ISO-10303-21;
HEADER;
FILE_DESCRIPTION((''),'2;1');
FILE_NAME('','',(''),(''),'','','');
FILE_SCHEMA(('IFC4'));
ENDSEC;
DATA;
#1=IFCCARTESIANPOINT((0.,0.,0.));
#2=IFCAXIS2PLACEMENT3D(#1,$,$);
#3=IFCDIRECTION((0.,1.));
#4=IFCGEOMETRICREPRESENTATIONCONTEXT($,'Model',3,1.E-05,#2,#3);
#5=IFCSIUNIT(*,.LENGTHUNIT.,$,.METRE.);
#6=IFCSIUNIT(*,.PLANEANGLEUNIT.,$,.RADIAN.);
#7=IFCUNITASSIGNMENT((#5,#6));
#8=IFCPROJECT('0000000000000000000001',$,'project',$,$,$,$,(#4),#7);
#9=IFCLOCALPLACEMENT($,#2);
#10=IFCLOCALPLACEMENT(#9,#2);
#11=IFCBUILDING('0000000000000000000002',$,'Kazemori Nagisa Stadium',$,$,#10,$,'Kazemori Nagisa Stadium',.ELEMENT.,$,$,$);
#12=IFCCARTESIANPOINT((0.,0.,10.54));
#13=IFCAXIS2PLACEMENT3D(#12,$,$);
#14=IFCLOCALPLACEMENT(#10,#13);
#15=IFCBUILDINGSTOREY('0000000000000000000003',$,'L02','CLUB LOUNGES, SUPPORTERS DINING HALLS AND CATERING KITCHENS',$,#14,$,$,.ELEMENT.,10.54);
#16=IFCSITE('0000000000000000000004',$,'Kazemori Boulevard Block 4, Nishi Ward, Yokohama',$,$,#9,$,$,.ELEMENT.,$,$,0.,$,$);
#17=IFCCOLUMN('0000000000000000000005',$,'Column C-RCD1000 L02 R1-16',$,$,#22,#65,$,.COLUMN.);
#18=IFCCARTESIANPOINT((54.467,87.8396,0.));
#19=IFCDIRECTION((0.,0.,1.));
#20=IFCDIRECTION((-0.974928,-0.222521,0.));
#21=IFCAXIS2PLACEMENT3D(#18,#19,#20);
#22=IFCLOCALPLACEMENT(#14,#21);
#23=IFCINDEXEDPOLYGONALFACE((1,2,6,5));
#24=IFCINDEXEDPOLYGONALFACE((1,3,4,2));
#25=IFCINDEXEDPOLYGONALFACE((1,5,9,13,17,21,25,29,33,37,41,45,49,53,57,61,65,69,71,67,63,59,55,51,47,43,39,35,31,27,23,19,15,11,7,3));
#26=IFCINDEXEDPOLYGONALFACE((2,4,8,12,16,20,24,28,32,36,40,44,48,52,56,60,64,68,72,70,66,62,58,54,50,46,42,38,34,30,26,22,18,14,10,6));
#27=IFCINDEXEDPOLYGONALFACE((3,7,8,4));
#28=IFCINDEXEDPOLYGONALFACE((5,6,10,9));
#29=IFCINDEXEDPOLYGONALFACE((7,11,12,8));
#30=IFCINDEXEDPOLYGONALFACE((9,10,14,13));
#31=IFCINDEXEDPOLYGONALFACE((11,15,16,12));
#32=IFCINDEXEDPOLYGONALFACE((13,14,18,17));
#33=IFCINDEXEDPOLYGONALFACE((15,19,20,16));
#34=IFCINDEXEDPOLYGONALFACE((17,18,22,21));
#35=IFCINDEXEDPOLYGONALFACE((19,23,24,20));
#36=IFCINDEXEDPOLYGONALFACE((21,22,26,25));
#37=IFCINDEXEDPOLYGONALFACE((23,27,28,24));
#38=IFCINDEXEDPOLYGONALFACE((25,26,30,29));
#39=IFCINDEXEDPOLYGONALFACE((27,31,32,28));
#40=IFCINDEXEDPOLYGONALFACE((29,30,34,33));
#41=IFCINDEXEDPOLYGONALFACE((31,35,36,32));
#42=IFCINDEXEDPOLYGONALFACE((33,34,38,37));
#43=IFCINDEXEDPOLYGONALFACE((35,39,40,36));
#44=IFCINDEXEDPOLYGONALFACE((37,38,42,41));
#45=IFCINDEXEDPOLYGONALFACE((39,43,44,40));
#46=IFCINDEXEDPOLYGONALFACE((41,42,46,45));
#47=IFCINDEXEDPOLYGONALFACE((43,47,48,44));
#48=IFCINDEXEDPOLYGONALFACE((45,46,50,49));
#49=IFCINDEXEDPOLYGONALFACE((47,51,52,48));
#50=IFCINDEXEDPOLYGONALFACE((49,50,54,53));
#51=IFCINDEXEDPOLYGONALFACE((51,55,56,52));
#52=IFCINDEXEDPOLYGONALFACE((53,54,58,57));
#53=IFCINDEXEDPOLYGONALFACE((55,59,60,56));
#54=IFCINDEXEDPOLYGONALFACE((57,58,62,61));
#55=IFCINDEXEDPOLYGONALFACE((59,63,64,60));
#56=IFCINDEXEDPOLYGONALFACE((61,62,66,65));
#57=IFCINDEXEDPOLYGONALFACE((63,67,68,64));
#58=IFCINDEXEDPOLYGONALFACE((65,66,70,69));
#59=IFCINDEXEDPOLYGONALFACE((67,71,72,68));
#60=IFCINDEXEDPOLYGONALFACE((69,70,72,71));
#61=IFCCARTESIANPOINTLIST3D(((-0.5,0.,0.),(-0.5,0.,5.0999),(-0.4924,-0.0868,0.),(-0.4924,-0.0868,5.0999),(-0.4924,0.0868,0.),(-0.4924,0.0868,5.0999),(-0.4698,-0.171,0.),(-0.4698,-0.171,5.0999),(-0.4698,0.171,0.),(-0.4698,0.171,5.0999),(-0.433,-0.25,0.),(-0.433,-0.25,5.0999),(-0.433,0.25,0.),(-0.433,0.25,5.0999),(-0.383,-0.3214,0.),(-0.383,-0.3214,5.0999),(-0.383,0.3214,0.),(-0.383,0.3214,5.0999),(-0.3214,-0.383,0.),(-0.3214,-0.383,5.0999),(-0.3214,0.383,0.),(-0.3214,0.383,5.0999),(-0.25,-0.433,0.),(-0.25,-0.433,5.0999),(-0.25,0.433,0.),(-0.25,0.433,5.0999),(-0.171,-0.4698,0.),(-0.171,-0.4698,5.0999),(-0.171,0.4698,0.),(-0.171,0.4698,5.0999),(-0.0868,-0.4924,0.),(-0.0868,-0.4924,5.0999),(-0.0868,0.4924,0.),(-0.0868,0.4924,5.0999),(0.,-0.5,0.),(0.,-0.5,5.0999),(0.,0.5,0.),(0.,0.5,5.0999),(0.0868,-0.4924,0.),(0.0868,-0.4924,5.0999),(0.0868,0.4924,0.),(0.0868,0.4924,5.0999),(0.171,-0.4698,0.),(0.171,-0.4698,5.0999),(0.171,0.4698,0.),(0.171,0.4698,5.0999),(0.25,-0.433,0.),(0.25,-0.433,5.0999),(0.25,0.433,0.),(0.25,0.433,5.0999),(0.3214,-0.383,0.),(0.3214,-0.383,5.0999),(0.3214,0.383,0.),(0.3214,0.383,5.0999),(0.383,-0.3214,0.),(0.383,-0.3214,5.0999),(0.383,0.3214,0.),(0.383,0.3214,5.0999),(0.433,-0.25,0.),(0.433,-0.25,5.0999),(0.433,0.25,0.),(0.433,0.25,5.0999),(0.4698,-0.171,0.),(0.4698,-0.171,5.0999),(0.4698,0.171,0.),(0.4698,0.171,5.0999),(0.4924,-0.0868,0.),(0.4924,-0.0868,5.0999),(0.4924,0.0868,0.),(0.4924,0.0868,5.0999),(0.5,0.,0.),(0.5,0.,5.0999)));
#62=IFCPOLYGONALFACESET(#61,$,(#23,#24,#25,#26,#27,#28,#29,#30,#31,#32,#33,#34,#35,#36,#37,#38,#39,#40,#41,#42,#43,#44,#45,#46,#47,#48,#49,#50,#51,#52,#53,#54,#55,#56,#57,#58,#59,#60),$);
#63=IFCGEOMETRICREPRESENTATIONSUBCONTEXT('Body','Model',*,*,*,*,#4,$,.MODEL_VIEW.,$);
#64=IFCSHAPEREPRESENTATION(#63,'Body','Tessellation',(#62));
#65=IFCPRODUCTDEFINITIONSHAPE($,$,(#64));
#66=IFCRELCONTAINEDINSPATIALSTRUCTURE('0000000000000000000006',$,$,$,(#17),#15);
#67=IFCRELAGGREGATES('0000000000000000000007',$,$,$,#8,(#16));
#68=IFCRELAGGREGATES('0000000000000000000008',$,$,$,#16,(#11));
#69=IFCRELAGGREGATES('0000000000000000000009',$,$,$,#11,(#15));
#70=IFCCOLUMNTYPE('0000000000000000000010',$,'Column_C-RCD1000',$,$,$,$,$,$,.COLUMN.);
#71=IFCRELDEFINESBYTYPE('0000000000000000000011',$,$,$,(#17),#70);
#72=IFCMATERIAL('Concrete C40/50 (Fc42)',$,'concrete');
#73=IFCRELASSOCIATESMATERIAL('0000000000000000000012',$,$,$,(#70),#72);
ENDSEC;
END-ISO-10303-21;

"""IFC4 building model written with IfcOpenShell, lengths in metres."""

from ifc_helpers import new_model, si_unit, direction, frame, origin, origin_2d, place, context, subcontext, project, spatial, circle, extrude, material, material_profile, profile_set, type_object, element, save


model = new_model("IFC4")

# Units and contexts
model_context = context("Model", 3, precision=1e-05, world=origin(), true_north=direction((0.0, 1.0)))
body_context = subcontext(model_context, "Body", "Model", "MODEL_VIEW")
ifc_project = project(units=[si_unit("LENGTHUNIT", "METRE"), si_unit("PLANEANGLEUNIT", "RADIAN")], contexts=[model_context])

# Site, building, storey
site_placement = place(None, origin())
site = spatial("IfcSite", under=ifc_project, at=site_placement, Name="Kazemori Boulevard Block 4, Nishi Ward, Yokohama", CompositionType="ELEMENT", RefElevation=0.0)
building_placement = place(site_placement, origin())
building = spatial("IfcBuilding", under=site, at=building_placement, Name="Kazemori Nagisa Stadium", LongName="Kazemori Nagisa Stadium", CompositionType="ELEMENT")
storey_placement = place(building_placement, frame((0.0, 0.0, 10.54)))
storey = spatial("IfcBuildingStorey", under=building, at=storey_placement, Name="L02", Description="CLUB LOUNGES, SUPPORTERS DINING HALLS AND CATERING KITCHENS", CompositionType="ELEMENT", Elevation=10.54)

# Column
ifc_material_1 = material(Name="Concrete C40/50 (Fc42)", Category="concrete")
ifc_material_profile_1 = material_profile(ifc_material_1, circle(Radius=0.5, at=origin_2d()), Name="RC-COL-D1000")
ifc_profile_set_1 = profile_set([ifc_material_profile_1], Name="Concrete C40/50 (Fc42)")
column_type = type_object("IfcColumnType", Name="Column_C-RCD1000", PredefinedType="COLUMN", material=ifc_profile_set_1)
column_placement = place(storey_placement, frame((54.467, 87.8396, 0.0), z_axis=(0.0, 0.0, 1.0), x_axis=(-0.974928, -0.222521, 0.0)))
element("IfcColumn", 1, at=column_placement, inside=storey, type_object=column_type, Name="Column C-RCD1000 L02 R1-16", PredefinedType="COLUMN", context=body_context, shape_type="SweptSolid", body=[
    extrude(circle(Radius=0.5, at=origin_2d()), origin(), (0.0, 0.0, 1.0), 5.0999),
])

save(model, "model.ifc")
